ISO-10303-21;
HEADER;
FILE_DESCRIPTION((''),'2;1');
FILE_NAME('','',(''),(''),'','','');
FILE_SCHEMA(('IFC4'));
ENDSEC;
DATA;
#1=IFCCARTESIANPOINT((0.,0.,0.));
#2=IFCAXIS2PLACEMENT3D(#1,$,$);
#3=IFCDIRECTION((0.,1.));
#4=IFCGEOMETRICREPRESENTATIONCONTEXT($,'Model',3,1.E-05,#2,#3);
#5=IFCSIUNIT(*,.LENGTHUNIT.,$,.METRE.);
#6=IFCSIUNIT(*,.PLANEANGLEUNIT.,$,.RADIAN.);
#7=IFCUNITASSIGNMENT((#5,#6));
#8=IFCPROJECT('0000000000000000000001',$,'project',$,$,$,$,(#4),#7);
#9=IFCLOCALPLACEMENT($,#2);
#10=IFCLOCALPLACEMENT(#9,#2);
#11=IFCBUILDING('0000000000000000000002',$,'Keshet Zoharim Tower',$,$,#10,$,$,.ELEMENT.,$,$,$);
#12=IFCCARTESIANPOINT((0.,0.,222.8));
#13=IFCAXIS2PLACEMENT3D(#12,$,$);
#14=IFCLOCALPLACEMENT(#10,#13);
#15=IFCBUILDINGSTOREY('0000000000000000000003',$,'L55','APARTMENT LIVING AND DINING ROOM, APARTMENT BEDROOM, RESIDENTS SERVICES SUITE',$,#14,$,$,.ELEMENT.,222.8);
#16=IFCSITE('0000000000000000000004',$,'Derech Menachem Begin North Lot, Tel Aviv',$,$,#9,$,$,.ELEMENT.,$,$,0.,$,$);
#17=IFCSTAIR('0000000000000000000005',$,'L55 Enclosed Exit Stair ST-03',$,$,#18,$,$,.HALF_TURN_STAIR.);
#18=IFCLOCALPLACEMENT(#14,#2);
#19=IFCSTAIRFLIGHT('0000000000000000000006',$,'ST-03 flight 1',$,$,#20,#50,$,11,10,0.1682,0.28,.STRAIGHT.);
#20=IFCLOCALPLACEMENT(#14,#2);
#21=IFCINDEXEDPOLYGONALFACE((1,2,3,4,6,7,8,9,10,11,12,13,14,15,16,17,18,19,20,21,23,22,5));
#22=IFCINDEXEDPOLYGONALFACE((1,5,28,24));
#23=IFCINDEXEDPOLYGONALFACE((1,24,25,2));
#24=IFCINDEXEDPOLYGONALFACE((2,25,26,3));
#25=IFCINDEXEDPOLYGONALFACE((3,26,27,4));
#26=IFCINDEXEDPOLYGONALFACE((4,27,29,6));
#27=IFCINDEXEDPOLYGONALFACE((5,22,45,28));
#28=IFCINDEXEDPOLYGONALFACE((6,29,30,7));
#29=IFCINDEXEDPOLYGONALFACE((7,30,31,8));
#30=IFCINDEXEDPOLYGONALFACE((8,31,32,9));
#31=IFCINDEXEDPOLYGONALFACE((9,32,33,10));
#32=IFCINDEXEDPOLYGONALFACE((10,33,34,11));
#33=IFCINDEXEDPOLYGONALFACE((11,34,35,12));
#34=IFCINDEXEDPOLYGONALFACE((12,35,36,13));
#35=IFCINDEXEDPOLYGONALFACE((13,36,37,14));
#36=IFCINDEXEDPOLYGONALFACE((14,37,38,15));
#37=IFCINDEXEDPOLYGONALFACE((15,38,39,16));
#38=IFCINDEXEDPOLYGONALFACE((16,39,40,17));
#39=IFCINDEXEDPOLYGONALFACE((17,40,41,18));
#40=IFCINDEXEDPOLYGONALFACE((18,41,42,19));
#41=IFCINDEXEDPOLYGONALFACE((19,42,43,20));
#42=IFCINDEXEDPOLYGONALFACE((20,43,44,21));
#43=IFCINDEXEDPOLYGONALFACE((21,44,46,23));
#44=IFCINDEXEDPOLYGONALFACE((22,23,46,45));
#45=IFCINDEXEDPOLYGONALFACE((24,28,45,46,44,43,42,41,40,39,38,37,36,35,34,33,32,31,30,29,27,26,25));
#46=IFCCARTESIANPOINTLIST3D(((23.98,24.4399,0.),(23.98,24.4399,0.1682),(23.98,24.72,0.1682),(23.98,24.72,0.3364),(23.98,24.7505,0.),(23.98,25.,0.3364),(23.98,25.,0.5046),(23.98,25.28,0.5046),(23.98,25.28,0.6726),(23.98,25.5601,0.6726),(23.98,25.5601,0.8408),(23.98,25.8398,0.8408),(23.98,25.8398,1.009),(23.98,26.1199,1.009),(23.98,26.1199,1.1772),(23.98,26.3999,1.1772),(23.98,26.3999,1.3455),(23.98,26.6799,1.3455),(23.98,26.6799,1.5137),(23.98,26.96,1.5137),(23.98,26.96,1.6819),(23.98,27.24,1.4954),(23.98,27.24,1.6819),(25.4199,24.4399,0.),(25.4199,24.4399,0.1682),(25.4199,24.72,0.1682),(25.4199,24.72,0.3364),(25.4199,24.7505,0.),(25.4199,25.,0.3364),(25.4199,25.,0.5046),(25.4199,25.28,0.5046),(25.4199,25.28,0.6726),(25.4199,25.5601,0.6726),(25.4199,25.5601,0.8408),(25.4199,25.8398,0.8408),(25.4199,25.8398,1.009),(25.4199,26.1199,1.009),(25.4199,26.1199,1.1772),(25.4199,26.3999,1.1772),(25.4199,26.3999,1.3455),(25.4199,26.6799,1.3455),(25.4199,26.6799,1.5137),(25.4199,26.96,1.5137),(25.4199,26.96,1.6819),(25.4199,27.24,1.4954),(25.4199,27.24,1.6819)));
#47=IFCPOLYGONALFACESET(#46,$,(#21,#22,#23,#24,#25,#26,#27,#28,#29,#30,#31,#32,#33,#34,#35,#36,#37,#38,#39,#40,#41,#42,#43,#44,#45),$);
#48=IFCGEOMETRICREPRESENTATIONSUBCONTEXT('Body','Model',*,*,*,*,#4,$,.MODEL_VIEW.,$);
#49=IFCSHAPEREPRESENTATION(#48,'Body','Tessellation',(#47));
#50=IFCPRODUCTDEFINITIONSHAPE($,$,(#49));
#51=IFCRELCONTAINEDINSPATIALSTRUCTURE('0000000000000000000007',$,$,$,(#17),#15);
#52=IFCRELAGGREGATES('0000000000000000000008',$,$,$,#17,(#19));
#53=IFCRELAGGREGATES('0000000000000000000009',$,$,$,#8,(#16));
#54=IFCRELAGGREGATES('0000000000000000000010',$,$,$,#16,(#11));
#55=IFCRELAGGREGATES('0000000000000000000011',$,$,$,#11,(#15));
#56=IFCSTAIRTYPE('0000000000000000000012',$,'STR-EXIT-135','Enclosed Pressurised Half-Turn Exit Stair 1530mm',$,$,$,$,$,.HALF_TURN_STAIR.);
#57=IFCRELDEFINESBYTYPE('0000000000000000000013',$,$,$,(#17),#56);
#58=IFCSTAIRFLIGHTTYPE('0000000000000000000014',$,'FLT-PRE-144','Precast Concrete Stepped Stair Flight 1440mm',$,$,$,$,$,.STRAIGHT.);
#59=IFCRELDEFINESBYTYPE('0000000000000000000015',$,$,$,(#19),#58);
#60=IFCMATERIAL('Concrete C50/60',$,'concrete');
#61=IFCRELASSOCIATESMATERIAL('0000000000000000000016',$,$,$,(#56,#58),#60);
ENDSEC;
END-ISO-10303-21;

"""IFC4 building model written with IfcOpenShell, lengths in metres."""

from ifc_helpers import new_model, si_unit, direction, frame, origin, place, context, subcontext, project, spatial, polyline, outline, extrude, material, type_object, element, aggregate, save


model = new_model("IFC4")

# Units and contexts
model_context = context("Model", 3, precision=1e-05, world=origin(), true_north=direction((0.0, 1.0)))
body_context = subcontext(model_context, "Body", "Model", "MODEL_VIEW")
ifc_project = project(units=[si_unit("LENGTHUNIT", "METRE"), si_unit("PLANEANGLEUNIT", "RADIAN")], contexts=[model_context])

# Site, building, storey
site_placement = place(None, origin())
site = spatial("IfcSite", under=ifc_project, at=site_placement, Name="Derech Menachem Begin North Lot, Tel Aviv", CompositionType="ELEMENT", RefElevation=0.0)
building_placement = place(site_placement, origin())
building = spatial("IfcBuilding", under=site, at=building_placement, Name="Keshet Zoharim Tower", CompositionType="ELEMENT")
storey_placement = place(building_placement, frame((0.0, 0.0, 222.8)))
storey = spatial("IfcBuildingStorey", under=building, at=storey_placement, Name="L55", Description="APARTMENT LIVING AND DINING ROOM, APARTMENT BEDROOM, RESIDENTS SERVICES SUITE", CompositionType="ELEMENT", Elevation=222.8)

# Shared definitions
ifc_material_1 = material(Name="Concrete C50/60", Category="concrete")

# Stair, stair flight
stair_type = type_object("IfcStairType", Name="STR-EXIT-135", Description="Enclosed Pressurised Half-Turn Exit Stair 1530mm", PredefinedType="HALF_TURN_STAIR", material=ifc_material_1)
stair_1_placement = place(storey_placement, origin())
stair_1 = element("IfcStair", 1, at=stair_1_placement, inside=storey, type_object=stair_type, Name="L55 Enclosed Exit Stair ST-03", PredefinedType="HALF_TURN_STAIR")
stair_flight_type_1 = type_object("IfcStairFlightType", Name="FLT-PRE-144", Description="Precast Concrete Stepped Stair Flight 1440mm", PredefinedType="STRAIGHT", material=ifc_material_1)
stair_flight_1_placement = place(storey_placement, frame((24.7, 24.4399, 0.0), z_axis=(0.0, 0.0, 1.0), x_axis=(0.0, 1.0, 0.0)))
stair_flight_1 = element("IfcStairFlight", 2, at=stair_flight_1_placement, type_object=stair_flight_type_1, Name="ST-03 flight 1", NumberOfRisers=11, NumberOfTreads=10, PredefinedType="STRAIGHT", RiserHeight=0.1682, TreadLength=0.28, context=body_context, shape_type="SweptSolid", body=[
    extrude(outline(polyline([(0.0, 0.0), (0.0, 0.1682), (0.28, 0.1682), (0.28, 0.3364), (0.5601, 0.3364), (0.5601, 0.5046), (0.8401, 0.5046), (0.8401, 0.6726), (1.1201, 0.6726), (1.1201, 0.8408), (1.3999, 0.8408), (1.3999, 1.009), (1.6799, 1.009), (1.6799, 1.1772), (1.96, 1.1772), (1.96, 1.3455), (2.24, 1.3455), (2.24, 1.5137), (2.52, 1.5137), (2.52, 1.6819), (2.8, 1.6819), (2.8, 1.8501), (2.8, 1.4954), (0.3105, 0.0), (0.0, 0.0)])), frame((0.0, 0.72, 0.0), z_axis=(0.0, -1.0, 0.0), x_axis=(1.0, 0.0, 0.0)), (0.0, 0.0, 1.0), 1.4399),
])
aggregate(stair_1, [stair_flight_1])

save(model, "model.ifc")
